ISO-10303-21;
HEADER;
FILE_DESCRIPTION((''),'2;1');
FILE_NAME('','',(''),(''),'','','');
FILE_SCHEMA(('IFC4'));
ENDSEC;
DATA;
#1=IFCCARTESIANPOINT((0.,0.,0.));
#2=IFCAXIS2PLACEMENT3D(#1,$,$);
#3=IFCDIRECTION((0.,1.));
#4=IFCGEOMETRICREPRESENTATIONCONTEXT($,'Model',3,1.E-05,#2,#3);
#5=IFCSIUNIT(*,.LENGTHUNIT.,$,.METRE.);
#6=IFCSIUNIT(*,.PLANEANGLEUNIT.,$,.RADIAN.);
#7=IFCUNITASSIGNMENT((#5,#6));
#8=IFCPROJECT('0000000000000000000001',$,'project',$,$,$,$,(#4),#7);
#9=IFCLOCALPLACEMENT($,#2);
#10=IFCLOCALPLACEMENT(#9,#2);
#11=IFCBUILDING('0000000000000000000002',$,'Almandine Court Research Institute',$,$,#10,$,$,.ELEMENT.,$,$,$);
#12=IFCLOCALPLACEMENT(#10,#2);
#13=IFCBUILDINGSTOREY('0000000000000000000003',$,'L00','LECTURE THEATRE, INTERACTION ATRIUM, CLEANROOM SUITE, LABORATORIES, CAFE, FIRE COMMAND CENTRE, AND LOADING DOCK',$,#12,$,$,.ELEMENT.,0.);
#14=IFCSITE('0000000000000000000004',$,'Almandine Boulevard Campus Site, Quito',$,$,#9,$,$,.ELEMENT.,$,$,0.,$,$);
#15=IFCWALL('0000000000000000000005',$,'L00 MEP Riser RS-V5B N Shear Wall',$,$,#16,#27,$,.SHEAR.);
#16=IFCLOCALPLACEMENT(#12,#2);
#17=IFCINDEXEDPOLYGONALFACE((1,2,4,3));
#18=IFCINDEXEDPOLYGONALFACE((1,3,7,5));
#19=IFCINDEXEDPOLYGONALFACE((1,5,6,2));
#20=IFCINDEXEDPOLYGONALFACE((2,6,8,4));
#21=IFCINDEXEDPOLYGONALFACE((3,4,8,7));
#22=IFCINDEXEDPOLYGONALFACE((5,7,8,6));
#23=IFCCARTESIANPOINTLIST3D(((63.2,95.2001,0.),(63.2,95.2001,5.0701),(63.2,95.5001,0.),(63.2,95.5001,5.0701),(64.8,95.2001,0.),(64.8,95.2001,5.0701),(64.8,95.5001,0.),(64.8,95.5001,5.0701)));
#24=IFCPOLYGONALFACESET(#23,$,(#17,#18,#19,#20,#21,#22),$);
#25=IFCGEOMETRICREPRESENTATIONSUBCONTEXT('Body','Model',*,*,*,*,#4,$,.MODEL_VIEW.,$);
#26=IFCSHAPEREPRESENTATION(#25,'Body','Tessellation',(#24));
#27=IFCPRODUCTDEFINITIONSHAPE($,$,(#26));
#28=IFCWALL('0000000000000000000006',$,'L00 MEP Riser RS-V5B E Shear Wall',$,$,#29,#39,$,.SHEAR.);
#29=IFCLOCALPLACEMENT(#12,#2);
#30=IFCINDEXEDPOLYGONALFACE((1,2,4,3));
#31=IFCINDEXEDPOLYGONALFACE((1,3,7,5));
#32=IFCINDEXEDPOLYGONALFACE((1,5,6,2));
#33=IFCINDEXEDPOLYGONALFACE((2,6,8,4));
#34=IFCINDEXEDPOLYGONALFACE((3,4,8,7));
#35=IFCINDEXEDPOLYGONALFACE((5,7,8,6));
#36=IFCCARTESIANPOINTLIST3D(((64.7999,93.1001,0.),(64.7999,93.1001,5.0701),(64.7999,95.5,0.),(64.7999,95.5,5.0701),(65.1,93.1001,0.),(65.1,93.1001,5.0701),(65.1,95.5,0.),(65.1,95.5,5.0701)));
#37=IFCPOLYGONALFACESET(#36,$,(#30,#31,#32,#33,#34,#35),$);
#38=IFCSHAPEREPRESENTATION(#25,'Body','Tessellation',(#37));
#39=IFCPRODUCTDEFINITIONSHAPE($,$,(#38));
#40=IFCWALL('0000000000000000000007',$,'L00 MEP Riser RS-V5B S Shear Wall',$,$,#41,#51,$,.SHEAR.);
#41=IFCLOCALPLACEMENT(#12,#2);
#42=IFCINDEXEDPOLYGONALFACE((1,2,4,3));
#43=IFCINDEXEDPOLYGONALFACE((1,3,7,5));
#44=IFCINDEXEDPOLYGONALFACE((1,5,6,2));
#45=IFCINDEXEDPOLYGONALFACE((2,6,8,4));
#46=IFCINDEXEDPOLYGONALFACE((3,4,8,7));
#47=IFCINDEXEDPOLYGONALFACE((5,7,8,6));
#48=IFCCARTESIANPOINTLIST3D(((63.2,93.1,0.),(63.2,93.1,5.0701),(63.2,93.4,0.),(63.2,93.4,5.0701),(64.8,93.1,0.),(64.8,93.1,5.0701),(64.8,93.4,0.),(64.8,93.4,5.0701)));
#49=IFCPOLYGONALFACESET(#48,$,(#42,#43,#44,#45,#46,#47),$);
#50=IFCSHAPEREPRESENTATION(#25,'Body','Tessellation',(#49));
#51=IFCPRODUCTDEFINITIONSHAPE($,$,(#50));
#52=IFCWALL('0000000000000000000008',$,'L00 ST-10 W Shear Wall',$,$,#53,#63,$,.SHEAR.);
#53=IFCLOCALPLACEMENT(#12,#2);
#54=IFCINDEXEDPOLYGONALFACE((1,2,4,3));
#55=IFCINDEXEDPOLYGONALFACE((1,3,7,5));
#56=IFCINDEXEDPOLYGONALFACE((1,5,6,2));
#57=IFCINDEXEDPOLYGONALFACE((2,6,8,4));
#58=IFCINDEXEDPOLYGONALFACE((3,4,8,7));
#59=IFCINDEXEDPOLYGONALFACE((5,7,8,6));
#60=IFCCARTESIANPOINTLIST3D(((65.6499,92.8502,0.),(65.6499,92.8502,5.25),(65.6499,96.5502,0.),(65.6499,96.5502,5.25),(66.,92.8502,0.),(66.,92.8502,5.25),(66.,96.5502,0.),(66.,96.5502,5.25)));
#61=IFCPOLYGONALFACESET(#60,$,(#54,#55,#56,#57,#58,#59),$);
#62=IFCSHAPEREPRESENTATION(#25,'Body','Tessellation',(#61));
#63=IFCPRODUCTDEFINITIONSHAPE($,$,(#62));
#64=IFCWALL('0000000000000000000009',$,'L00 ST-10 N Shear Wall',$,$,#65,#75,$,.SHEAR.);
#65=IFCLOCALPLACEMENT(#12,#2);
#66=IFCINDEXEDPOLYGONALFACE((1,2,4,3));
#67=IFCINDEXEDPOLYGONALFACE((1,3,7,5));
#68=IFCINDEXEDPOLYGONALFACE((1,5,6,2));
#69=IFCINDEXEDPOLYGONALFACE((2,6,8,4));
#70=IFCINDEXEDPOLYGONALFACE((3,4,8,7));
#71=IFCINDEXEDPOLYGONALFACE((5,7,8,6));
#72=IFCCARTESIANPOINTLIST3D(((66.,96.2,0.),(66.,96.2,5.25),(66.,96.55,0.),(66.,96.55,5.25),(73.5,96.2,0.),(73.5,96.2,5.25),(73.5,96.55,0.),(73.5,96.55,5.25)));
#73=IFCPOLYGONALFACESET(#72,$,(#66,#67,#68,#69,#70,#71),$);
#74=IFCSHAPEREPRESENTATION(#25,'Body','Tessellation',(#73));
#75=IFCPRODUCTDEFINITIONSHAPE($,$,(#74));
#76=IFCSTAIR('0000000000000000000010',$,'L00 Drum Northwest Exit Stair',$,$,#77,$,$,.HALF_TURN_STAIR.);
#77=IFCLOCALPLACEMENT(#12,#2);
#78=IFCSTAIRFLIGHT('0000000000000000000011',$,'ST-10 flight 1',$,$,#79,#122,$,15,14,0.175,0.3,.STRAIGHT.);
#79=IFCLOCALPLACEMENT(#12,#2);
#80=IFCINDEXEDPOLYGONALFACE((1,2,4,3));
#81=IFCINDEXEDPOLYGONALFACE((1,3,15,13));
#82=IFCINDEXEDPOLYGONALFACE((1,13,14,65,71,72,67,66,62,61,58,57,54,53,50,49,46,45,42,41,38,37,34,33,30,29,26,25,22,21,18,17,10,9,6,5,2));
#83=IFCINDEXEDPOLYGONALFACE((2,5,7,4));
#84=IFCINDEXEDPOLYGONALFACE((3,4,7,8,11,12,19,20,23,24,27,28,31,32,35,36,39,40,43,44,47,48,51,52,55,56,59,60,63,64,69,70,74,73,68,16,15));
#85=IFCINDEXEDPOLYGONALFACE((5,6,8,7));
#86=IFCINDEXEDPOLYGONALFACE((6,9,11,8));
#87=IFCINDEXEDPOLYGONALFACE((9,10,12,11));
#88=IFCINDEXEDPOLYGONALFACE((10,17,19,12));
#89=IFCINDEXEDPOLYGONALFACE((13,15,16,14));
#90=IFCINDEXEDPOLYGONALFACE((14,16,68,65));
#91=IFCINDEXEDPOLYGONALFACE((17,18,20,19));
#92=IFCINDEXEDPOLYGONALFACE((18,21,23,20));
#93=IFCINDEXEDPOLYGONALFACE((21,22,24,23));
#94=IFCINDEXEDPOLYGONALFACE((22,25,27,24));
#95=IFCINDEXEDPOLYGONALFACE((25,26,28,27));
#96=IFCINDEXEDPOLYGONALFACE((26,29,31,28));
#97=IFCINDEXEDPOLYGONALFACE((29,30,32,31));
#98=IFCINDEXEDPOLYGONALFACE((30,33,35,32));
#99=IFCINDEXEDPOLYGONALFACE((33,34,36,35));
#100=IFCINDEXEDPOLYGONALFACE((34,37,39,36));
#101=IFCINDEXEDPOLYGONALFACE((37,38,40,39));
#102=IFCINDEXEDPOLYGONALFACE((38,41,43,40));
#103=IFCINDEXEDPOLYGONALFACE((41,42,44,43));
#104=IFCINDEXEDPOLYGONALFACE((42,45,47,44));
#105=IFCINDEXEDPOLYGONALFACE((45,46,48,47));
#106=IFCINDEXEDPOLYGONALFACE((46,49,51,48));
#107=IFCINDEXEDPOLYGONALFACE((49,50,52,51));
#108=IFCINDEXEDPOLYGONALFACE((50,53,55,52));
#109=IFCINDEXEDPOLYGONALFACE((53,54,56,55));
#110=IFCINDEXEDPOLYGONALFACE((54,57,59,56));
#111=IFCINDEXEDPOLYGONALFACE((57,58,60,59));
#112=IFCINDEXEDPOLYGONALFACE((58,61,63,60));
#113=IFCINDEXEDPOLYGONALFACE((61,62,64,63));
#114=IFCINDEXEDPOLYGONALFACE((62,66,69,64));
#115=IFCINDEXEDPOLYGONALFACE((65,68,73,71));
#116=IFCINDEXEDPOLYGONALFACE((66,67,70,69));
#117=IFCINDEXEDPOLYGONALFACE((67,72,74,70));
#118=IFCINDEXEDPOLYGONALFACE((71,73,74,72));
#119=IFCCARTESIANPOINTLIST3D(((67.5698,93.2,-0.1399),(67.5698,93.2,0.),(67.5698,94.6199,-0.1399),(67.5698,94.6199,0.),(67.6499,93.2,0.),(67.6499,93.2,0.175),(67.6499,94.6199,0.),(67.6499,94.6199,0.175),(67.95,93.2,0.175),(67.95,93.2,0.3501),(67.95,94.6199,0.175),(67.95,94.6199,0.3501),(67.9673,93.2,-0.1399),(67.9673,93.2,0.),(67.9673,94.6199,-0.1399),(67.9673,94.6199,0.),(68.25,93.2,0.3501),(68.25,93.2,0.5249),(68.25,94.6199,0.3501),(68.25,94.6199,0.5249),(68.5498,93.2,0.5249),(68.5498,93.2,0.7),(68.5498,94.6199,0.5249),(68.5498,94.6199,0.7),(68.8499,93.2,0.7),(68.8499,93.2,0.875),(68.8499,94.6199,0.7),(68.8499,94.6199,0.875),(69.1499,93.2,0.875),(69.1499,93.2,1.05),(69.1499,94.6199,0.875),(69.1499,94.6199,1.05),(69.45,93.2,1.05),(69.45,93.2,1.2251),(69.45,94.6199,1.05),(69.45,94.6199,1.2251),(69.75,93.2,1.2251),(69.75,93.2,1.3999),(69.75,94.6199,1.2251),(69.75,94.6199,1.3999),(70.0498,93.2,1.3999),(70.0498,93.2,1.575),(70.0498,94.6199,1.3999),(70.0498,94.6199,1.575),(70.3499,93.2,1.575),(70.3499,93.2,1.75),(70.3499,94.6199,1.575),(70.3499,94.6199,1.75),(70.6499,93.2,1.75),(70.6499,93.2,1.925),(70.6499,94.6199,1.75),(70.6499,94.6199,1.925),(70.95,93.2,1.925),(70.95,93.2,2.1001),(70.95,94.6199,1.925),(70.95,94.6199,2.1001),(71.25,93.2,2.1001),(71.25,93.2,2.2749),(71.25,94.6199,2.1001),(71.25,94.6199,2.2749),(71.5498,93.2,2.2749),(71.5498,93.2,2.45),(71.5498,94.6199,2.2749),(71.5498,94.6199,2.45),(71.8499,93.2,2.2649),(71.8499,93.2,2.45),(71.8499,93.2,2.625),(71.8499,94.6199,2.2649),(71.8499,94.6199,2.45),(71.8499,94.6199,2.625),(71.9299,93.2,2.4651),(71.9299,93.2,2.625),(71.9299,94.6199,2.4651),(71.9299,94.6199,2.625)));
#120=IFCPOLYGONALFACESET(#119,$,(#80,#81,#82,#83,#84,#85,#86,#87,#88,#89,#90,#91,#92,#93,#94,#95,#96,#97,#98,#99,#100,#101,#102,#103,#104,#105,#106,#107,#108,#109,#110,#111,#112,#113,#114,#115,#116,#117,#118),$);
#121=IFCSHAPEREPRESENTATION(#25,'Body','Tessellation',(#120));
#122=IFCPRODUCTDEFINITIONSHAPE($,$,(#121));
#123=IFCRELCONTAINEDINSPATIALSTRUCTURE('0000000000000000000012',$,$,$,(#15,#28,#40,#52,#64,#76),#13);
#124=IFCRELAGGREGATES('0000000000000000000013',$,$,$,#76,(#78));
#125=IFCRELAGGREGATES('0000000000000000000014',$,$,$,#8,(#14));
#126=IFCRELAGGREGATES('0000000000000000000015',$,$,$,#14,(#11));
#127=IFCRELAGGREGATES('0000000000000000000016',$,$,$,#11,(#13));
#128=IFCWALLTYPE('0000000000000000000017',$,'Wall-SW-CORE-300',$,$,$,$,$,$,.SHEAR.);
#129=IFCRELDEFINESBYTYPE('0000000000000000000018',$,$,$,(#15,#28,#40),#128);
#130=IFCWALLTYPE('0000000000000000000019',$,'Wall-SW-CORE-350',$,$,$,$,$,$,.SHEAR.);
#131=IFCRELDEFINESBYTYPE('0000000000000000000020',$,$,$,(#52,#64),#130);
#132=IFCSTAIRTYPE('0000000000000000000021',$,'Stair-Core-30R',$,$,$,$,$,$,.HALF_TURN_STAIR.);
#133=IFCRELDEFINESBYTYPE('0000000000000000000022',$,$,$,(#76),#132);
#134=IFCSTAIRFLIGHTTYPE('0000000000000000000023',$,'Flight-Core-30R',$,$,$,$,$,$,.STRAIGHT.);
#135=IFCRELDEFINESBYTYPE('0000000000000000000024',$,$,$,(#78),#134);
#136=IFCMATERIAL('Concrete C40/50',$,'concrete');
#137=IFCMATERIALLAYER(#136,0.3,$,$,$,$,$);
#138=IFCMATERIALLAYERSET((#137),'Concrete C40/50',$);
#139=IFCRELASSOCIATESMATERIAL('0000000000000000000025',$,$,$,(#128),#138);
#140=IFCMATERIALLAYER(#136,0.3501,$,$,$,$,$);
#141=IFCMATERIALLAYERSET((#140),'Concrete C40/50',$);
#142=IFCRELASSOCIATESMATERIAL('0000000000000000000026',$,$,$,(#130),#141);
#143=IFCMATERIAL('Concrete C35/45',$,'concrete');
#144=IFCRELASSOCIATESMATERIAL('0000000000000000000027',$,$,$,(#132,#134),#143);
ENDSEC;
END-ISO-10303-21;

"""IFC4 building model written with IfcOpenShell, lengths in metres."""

from ifc_helpers import new_model, si_unit, direction, frame, frame_2d, origin, place, context, subcontext, project, spatial, polyline, rectangle, outline, extrude, material, layer, layer_set, type_object, element, aggregate, save


model = new_model("IFC4")

# Units and contexts
model_context = context("Model", 3, precision=1e-05, world=origin(), true_north=direction((0.0, 1.0)))
body_context = subcontext(model_context, "Body", "Model", "MODEL_VIEW")
ifc_project = project(units=[si_unit("LENGTHUNIT", "METRE"), si_unit("PLANEANGLEUNIT", "RADIAN")], contexts=[model_context])

# Site, building, storey
site_placement = place(None, origin())
site = spatial("IfcSite", under=ifc_project, at=site_placement, Name="Almandine Boulevard Campus Site, Quito", CompositionType="ELEMENT", RefElevation=0.0)
building_placement = place(site_placement, origin())
building = spatial("IfcBuilding", under=site, at=building_placement, Name="Almandine Court Research Institute", CompositionType="ELEMENT")
storey_placement = place(building_placement, origin())
storey = spatial("IfcBuildingStorey", under=building, at=storey_placement, Name="L00", Description="LECTURE THEATRE, INTERACTION ATRIUM, CLEANROOM SUITE, LABORATORIES, CAFE, FIRE COMMAND CENTRE, AND LOADING DOCK", CompositionType="ELEMENT", Elevation=0.0)

# Walls
ifc_material_1 = material(Name="Concrete C40/50", Category="concrete")
ifc_layer_1 = layer(ifc_material_1, 0.3)
ifc_layer_set_1 = layer_set([ifc_layer_1], Name="Concrete C40/50")
wall_type_1 = type_object("IfcWallType", Name="Wall-SW-CORE-300", PredefinedType="SHEAR", material=ifc_layer_set_1)
wall_1_placement = place(storey_placement, frame((63.2, 95.3501, 0.0), z_axis=(0.0, 0.0, 1.0), x_axis=(1.0, 0.0, 0.0)))
element("IfcWall", 1, at=wall_1_placement, inside=storey, type_object=wall_type_1, Name="L00 MEP Riser RS-V5B N Shear Wall", PredefinedType="SHEAR", context=body_context, shape_type="SweptSolid", body=[
    extrude(rectangle(XDim=1.6001, YDim=0.3, at=frame_2d((0.8, 0.0))), origin(), (0.0, 0.0, 1.0), 5.0701),
])
wall_2_placement = place(storey_placement, frame((64.95, 95.5, 0.0), z_axis=(0.0, 0.0, 1.0), x_axis=(0.0, -1.0, 0.0)))
element("IfcWall", 2, at=wall_2_placement, inside=storey, type_object=wall_type_1, Name="L00 MEP Riser RS-V5B E Shear Wall", PredefinedType="SHEAR", context=body_context, shape_type="SweptSolid", body=[
    extrude(rectangle(XDim=2.3999, YDim=0.3, at=frame_2d((1.2, 0.0))), origin(), (0.0, 0.0, 1.0), 5.0701),
])
wall_3_placement = place(storey_placement, frame((64.8, 93.25, 0.0), z_axis=(0.0, 0.0, 1.0), x_axis=(-1.0, 0.0, 0.0)))
element("IfcWall", 3, at=wall_3_placement, inside=storey, type_object=wall_type_1, Name="L00 MEP Riser RS-V5B S Shear Wall", PredefinedType="SHEAR", context=body_context, shape_type="SweptSolid", body=[
    extrude(rectangle(XDim=1.6001, YDim=0.3, at=frame_2d((0.8, 0.0))), origin(), (0.0, 0.0, 1.0), 5.0701),
])
ifc_layer_2 = layer(ifc_material_1, 0.3501)
ifc_layer_set_2 = layer_set([ifc_layer_2], Name="Concrete C40/50")
wall_type_2 = type_object("IfcWallType", Name="Wall-SW-CORE-350", PredefinedType="SHEAR", material=ifc_layer_set_2)
wall_4_placement = place(storey_placement, frame((65.825, 92.8501, 0.0), z_axis=(0.0, 0.0, 1.0), x_axis=(0.0, 1.0, 0.0)))
element("IfcWall", 4, at=wall_4_placement, inside=storey, type_object=wall_type_2, Name="L00 ST-10 W Shear Wall", PredefinedType="SHEAR", context=body_context, shape_type="SweptSolid", body=[
    extrude(rectangle(XDim=3.7, YDim=0.3501, at=frame_2d((1.8501, 0.0))), origin(), (0.0, 0.0, 1.0), 5.25),
])
wall_5_placement = place(storey_placement, frame((66.0, 96.375, 0.0), z_axis=(0.0, 0.0, 1.0), x_axis=(1.0, 0.0, 0.0)))
element("IfcWall", 5, at=wall_5_placement, inside=storey, type_object=wall_type_2, Name="L00 ST-10 N Shear Wall", PredefinedType="SHEAR", context=body_context, shape_type="SweptSolid", body=[
    extrude(rectangle(XDim=7.5, YDim=0.3501, at=frame_2d((3.75, 0.0))), origin(), (0.0, 0.0, 1.0), 5.25),
])

# Stair, stair flight
ifc_material_2 = material(Name="Concrete C35/45", Category="concrete")
stair_type = type_object("IfcStairType", Name="Stair-Core-30R", PredefinedType="HALF_TURN_STAIR", material=ifc_material_2)
stair_placement = place(storey_placement, origin())
stair = element("IfcStair", 6, at=stair_placement, inside=storey, type_object=stair_type, Name="L00 Drum Northwest Exit Stair", PredefinedType="HALF_TURN_STAIR")
stair_flight_type = type_object("IfcStairFlightType", Name="Flight-Core-30R", PredefinedType="STRAIGHT", material=ifc_material_2)
stair_flight_placement = place(storey_placement, frame((67.6499, 93.9099, 0.0), z_axis=(0.0, 0.0, 1.0), x_axis=(1.0, 0.0, 0.0)))
stair_flight = element("IfcStairFlight", 7, at=stair_flight_placement, type_object=stair_flight_type, Name="ST-10 flight 1", NumberOfRisers=15, NumberOfTreads=14, PredefinedType="STRAIGHT", RiserHeight=0.175, TreadLength=0.3, context=body_context, shape_type="SweptSolid", body=[
    extrude(outline(polyline([(-0.0801, -0.1399), (-0.0801, 0.0), (0.0, 0.0), (0.0, 0.175), (0.3, 0.175), (0.3, 0.3501), (0.6001, 0.3501), (0.6001, 0.5249), (0.8999, 0.5249), (0.8999, 0.7), (1.2, 0.7), (1.2, 0.875), (1.5, 0.875), (1.5, 1.05), (1.8, 1.05), (1.8, 1.2251), (2.1001, 1.2251), (2.1001, 1.3999), (2.3999, 1.3999), (2.3999, 1.575), (2.7, 1.575), (2.7, 1.75), (3.0, 1.75), (3.0, 1.925), (3.3, 1.925), (3.3, 2.1001), (3.6001, 2.1001), (3.6001, 2.2749), (3.8999, 2.2749), (3.8999, 2.45), (4.2, 2.45), (4.2, 2.625), (4.28, 2.625), (4.28, 2.4651), (4.2, 2.2649), (0.3174, 0.0), (0.3174, -0.1399), (-0.0801, -0.1399)])), frame((0.0, 0.71, 0.0), z_axis=(0.0, -1.0, 0.0), x_axis=(1.0, 0.0, 0.0)), (0.0, 0.0, 1.0), 1.4199),
])
aggregate(stair, [stair_flight])

save(model, "model.ifc")
